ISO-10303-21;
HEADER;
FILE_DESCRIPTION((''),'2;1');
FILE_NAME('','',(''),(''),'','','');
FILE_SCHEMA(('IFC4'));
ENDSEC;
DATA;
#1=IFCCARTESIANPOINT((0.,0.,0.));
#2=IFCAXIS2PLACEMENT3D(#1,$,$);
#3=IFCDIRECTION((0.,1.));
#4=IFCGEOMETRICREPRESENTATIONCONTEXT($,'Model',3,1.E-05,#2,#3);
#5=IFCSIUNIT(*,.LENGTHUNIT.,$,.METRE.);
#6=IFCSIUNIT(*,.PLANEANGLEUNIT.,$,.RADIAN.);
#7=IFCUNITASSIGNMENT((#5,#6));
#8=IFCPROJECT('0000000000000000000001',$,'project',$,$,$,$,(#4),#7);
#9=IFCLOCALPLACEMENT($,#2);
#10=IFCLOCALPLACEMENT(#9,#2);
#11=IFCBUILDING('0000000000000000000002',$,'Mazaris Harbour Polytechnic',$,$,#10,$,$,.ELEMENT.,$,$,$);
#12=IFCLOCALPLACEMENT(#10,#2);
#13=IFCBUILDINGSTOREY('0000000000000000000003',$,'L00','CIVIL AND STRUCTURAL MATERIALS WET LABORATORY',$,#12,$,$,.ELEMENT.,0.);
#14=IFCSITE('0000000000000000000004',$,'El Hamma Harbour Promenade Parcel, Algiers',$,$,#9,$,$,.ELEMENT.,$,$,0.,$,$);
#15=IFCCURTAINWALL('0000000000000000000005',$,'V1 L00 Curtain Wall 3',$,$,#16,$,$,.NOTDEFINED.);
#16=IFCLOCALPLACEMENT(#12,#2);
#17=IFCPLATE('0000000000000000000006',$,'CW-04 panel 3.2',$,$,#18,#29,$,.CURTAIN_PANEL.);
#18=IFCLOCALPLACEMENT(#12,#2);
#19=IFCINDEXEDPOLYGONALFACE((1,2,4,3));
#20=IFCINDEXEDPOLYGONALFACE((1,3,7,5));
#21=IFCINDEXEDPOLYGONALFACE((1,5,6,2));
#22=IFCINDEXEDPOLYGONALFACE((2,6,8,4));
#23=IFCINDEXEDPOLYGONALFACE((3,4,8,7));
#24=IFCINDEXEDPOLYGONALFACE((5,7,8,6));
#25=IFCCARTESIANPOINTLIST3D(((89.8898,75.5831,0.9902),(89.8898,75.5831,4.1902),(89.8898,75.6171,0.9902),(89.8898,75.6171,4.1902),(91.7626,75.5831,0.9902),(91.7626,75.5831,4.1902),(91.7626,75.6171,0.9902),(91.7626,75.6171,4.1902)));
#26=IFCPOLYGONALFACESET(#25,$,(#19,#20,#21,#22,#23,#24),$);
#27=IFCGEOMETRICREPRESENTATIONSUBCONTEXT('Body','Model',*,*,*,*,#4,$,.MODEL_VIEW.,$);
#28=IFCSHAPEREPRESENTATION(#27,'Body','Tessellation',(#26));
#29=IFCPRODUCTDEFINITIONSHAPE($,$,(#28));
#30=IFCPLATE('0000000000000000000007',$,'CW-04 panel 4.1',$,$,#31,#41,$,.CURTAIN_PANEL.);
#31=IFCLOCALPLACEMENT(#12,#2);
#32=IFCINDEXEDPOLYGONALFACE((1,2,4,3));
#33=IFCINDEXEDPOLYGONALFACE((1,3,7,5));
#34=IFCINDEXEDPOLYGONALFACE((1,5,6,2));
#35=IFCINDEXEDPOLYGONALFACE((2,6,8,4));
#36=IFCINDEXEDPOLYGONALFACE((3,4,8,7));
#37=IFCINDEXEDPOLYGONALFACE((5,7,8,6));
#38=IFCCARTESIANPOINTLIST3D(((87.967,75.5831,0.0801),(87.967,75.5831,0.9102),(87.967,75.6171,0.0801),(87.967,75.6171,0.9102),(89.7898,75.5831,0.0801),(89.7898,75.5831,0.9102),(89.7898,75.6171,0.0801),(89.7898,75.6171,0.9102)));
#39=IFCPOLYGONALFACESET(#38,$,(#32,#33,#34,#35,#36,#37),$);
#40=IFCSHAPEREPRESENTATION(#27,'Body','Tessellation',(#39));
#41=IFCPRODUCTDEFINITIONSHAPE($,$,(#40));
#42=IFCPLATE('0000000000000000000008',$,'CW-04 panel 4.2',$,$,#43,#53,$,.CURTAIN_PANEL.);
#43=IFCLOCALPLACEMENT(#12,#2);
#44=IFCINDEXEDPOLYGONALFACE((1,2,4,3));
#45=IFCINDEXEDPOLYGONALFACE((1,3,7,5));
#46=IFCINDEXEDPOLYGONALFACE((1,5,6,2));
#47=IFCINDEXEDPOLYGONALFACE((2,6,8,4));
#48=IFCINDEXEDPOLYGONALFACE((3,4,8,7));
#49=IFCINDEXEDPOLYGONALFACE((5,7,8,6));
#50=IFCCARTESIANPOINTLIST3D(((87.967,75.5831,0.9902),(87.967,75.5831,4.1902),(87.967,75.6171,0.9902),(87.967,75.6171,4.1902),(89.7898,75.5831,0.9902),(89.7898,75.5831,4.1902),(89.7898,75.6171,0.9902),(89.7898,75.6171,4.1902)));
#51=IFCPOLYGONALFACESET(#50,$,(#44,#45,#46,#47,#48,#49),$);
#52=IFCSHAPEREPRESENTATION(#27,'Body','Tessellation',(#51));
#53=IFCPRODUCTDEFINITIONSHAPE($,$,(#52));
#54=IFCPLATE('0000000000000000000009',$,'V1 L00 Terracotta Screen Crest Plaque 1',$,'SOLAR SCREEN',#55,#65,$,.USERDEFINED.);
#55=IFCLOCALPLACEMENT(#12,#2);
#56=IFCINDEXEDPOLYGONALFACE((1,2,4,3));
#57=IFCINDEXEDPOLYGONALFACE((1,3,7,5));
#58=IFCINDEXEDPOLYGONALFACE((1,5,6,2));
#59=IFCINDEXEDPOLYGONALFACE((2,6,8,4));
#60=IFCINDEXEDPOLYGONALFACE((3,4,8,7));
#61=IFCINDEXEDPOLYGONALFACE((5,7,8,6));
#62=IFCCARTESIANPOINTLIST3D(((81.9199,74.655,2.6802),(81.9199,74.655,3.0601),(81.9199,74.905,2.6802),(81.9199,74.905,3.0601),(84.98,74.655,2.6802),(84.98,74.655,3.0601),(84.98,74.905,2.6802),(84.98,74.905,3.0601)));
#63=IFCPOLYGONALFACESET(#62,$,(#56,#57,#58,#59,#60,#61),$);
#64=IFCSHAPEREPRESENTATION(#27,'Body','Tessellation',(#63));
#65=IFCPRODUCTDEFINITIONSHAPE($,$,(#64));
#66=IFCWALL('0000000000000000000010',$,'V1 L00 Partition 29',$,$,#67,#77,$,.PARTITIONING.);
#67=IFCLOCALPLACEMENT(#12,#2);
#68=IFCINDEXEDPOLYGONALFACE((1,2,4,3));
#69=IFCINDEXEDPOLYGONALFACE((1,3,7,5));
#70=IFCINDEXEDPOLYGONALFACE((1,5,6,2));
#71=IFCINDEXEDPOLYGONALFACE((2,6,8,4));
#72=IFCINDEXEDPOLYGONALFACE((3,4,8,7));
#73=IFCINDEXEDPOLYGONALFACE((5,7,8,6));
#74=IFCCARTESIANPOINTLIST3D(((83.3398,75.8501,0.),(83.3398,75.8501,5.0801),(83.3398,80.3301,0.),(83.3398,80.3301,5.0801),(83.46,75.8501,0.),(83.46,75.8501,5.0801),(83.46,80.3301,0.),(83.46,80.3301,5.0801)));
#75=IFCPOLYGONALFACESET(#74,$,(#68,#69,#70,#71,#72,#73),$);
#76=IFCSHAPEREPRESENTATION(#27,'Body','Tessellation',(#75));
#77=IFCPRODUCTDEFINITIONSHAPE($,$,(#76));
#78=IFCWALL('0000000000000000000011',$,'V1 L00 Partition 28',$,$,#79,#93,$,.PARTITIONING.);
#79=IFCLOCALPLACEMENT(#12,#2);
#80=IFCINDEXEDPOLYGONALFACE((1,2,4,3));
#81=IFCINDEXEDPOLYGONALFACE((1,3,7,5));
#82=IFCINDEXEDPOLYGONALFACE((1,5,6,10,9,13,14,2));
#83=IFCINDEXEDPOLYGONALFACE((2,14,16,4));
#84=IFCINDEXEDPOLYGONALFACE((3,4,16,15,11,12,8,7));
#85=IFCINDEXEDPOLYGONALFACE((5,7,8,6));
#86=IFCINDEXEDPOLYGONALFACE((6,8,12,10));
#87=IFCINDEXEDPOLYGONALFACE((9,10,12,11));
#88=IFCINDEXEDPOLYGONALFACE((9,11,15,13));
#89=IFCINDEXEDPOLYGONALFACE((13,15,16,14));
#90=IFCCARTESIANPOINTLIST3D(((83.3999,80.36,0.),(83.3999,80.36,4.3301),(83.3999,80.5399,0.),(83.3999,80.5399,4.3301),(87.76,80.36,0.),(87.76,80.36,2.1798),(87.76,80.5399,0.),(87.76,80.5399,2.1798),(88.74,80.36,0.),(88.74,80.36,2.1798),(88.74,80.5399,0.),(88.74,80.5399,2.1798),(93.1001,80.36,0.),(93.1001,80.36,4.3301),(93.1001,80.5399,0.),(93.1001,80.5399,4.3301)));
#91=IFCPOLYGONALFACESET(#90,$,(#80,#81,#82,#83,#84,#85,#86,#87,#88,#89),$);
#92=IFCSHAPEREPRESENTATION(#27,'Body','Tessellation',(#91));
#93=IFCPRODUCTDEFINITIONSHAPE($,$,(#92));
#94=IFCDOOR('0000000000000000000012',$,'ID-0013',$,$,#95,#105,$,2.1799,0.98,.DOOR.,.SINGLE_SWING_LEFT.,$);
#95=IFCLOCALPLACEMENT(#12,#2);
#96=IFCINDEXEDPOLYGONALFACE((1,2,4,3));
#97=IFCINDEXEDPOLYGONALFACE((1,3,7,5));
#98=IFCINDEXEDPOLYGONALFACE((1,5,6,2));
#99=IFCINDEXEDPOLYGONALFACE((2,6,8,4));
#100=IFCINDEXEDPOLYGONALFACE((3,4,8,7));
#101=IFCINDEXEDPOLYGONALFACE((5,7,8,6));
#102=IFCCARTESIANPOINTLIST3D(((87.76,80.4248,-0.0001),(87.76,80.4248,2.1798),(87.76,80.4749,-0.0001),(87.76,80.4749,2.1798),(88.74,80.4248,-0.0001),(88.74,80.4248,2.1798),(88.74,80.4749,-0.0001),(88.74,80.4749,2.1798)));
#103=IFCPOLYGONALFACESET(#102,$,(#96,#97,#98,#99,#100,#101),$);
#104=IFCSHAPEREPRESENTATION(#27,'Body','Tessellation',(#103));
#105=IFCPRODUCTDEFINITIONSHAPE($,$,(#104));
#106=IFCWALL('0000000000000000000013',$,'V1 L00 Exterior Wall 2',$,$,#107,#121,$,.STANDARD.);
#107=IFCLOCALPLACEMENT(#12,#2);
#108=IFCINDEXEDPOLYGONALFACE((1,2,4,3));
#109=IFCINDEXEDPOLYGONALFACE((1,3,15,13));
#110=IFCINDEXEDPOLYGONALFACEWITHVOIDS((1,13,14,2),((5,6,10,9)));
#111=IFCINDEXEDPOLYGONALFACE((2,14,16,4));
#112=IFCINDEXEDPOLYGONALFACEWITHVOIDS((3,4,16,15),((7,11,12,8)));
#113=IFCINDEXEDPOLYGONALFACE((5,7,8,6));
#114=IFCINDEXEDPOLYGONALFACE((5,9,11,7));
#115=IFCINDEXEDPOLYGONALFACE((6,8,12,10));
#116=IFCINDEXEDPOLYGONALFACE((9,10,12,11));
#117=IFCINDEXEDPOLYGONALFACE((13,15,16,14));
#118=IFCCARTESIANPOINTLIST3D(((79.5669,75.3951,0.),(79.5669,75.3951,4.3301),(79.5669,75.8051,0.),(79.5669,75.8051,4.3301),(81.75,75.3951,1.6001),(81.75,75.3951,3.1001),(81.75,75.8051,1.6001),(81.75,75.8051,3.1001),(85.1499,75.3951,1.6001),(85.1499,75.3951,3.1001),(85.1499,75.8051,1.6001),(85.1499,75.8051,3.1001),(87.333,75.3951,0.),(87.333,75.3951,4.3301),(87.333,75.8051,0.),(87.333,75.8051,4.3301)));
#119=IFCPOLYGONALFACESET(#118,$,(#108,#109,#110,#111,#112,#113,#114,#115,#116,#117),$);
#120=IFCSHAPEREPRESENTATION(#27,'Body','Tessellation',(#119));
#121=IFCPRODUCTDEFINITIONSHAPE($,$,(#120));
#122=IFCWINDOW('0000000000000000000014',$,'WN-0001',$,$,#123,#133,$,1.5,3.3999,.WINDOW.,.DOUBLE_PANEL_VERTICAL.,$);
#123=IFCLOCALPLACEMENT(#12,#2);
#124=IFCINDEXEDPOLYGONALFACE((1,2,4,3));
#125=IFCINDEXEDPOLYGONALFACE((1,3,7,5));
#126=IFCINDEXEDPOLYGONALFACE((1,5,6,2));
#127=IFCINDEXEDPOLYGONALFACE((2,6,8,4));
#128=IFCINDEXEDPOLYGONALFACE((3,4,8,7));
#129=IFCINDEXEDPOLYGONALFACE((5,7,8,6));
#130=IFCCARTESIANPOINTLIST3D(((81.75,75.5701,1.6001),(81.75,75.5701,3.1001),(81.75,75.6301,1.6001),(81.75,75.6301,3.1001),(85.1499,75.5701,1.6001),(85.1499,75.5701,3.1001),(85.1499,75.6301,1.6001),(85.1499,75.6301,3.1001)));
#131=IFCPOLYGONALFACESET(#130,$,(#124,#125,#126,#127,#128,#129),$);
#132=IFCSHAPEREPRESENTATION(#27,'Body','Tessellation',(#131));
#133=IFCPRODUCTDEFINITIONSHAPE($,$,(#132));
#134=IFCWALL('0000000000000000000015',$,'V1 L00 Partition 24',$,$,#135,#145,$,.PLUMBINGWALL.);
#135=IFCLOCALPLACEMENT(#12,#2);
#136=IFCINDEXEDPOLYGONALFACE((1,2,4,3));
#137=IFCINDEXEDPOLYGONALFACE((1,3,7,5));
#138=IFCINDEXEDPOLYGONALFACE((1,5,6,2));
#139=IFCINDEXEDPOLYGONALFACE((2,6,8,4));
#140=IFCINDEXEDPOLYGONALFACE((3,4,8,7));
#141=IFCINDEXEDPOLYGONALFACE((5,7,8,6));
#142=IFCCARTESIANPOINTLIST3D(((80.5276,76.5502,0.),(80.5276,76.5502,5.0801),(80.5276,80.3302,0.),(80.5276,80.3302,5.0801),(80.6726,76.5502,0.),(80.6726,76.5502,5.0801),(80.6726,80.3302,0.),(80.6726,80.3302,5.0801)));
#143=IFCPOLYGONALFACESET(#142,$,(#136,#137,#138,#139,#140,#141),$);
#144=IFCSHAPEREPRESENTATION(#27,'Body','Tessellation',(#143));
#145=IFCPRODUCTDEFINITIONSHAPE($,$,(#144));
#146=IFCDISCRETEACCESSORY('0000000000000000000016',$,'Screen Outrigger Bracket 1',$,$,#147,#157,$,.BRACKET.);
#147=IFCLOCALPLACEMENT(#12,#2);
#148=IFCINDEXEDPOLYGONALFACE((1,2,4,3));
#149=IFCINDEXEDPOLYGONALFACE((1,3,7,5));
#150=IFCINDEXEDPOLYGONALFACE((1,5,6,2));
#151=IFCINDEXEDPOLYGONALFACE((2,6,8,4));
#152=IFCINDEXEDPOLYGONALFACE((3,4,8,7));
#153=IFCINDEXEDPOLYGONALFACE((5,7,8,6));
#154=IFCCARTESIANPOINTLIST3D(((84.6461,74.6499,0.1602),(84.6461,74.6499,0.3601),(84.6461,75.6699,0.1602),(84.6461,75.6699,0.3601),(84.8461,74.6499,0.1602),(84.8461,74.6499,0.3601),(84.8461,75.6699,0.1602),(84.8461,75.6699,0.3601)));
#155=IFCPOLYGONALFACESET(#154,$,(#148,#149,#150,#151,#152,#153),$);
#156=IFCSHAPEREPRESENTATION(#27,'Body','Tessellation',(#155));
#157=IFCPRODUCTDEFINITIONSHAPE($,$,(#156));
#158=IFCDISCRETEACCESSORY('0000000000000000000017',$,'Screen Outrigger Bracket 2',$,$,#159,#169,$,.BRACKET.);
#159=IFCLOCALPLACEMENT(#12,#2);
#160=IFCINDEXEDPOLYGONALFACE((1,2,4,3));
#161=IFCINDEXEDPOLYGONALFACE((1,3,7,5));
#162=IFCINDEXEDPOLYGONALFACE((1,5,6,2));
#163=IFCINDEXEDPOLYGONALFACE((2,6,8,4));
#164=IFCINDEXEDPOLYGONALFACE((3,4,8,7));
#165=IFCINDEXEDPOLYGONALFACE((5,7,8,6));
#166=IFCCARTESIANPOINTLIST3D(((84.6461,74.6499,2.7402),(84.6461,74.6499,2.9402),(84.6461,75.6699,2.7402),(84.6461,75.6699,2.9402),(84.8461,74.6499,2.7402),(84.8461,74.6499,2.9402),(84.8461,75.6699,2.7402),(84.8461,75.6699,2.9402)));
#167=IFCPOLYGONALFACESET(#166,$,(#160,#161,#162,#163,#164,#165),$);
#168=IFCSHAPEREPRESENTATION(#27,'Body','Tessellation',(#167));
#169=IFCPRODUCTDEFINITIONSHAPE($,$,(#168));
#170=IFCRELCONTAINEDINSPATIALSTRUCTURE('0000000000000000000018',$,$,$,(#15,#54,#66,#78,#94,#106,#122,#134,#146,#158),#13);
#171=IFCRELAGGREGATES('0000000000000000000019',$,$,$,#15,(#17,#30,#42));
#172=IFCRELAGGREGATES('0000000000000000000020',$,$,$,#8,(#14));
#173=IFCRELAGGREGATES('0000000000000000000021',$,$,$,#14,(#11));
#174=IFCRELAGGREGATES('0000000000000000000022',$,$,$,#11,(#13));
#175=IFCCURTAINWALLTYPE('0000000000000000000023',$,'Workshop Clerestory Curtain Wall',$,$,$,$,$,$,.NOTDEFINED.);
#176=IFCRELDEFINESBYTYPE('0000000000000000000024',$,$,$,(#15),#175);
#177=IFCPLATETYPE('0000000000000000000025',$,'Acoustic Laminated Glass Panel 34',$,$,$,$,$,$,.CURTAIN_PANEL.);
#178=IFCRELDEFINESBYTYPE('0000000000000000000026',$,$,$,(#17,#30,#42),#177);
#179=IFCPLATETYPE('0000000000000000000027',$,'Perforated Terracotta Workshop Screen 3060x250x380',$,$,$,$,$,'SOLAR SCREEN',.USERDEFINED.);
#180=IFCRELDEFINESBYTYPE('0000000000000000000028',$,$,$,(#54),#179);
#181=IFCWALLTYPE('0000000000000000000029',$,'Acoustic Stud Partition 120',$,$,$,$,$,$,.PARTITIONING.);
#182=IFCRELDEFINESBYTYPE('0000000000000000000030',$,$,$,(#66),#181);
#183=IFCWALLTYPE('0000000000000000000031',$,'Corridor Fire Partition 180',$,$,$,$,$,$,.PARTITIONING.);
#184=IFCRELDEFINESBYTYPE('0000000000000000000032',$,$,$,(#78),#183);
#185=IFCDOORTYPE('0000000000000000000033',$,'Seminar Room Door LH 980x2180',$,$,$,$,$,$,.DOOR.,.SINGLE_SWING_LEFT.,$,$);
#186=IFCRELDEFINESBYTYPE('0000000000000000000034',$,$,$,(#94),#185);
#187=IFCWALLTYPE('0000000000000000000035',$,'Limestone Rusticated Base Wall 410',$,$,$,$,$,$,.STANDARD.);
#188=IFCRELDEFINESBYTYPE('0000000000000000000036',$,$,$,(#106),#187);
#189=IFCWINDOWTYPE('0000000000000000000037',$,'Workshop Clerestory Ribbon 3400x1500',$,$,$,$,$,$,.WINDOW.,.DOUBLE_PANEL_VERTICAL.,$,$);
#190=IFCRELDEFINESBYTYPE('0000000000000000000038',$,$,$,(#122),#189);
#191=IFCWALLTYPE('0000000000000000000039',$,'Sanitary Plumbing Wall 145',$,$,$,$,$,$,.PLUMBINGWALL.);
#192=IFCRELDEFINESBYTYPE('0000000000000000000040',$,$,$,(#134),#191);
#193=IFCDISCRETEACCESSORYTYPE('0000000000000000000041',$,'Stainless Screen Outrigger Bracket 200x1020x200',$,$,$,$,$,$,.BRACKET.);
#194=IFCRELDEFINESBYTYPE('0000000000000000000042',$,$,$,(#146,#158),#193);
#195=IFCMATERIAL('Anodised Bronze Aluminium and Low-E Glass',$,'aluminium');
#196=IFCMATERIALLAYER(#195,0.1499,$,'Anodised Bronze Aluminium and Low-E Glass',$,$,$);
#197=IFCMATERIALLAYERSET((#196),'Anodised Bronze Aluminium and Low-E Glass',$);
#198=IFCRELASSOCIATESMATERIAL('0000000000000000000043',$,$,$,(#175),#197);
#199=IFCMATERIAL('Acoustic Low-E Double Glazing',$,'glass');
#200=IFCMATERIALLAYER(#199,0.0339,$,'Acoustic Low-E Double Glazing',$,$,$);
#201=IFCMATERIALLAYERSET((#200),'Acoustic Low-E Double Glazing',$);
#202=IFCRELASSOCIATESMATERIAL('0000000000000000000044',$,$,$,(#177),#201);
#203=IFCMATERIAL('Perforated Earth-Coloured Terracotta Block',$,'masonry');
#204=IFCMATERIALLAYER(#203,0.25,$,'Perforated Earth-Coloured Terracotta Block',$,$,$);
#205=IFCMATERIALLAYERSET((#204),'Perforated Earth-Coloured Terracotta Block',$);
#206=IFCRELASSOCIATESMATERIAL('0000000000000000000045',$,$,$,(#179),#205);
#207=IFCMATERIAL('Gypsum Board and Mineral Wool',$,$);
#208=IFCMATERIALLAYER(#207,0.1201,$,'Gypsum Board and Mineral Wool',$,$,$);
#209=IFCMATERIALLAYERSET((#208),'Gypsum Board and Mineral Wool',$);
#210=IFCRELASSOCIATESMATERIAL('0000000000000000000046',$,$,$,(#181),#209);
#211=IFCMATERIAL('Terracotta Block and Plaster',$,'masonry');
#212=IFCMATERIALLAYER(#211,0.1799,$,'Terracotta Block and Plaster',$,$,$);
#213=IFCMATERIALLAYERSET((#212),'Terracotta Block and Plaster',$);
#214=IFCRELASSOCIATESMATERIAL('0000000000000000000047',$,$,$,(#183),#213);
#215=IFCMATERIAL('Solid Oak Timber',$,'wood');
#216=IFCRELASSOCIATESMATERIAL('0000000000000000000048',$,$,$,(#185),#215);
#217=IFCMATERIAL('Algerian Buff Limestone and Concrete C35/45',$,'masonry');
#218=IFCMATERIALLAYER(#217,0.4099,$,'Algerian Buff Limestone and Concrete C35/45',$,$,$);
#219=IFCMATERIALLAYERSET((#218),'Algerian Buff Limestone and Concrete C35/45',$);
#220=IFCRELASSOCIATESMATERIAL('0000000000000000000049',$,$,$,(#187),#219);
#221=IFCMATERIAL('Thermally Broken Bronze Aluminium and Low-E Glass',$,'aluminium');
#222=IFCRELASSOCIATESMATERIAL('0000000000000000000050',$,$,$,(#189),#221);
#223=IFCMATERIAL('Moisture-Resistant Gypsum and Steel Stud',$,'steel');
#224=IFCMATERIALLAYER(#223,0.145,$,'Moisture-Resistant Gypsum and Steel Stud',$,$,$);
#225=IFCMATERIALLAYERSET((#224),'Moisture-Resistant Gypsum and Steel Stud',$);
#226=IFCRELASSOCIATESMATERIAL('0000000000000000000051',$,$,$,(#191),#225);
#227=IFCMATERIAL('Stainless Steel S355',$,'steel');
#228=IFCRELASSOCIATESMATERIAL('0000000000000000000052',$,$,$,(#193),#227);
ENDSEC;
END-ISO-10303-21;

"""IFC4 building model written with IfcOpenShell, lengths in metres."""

from ifc_helpers import new_model, si_unit, direction, frame, frame_2d, origin, origin_2d, place, context, subcontext, project, spatial, rectangle, extrude, material, layer, layer_set, type_object, element, fill, aggregate, save


model = new_model("IFC4")

# Units and contexts
model_context = context("Model", 3, precision=1e-05, world=origin(), true_north=direction((0.0, 1.0)))
body_context = subcontext(model_context, "Body", "Model", "MODEL_VIEW")
ifc_project = project(units=[si_unit("LENGTHUNIT", "METRE"), si_unit("PLANEANGLEUNIT", "RADIAN")], contexts=[model_context])

# Site, building, storey
site_placement = place(None, origin())
site = spatial("IfcSite", under=ifc_project, at=site_placement, Name="El Hamma Harbour Promenade Parcel, Algiers", CompositionType="ELEMENT", RefElevation=0.0)
building_placement = place(site_placement, origin())
building = spatial("IfcBuilding", under=site, at=building_placement, Name="Mazaris Harbour Polytechnic", CompositionType="ELEMENT")
storey_placement = place(building_placement, origin())
storey = spatial("IfcBuildingStorey", under=building, at=storey_placement, Name="L00", Description="CIVIL AND STRUCTURAL MATERIALS WET LABORATORY", CompositionType="ELEMENT", Elevation=0.0)

# Curtain wall
ifc_material_1 = material(Name="Anodised Bronze Aluminium and Low-E Glass", Category="aluminium")
ifc_layer_1 = layer(ifc_material_1, 0.1499, Name="Anodised Bronze Aluminium and Low-E Glass")
ifc_layer_set_1 = layer_set([ifc_layer_1], Name="Anodised Bronze Aluminium and Low-E Glass")
curtain_wall_type = type_object("IfcCurtainWallType", Name="Workshop Clerestory Curtain Wall", PredefinedType="NOTDEFINED", material=ifc_layer_set_1)
curtain_wall_placement = place(storey_placement, origin())
curtain_wall = element("IfcCurtainWall", 1, at=curtain_wall_placement, inside=storey, type_object=curtain_wall_type, Name="V1 L00 Curtain Wall 3", PredefinedType="NOTDEFINED")

# Plates
ifc_material_2 = material(Name="Acoustic Low-E Double Glazing", Category="glass")
ifc_layer_2 = layer(ifc_material_2, 0.0339, Name="Acoustic Low-E Double Glazing")
ifc_layer_set_2 = layer_set([ifc_layer_2], Name="Acoustic Low-E Double Glazing")
plate_type_1 = type_object("IfcPlateType", Name="Acoustic Laminated Glass Panel 34", PredefinedType="CURTAIN_PANEL", material=ifc_layer_set_2)
plate_1_placement = place(storey_placement, frame((90.8262, 75.6001, 0.9902), z_axis=(0.0, 0.0, 1.0), x_axis=(-1.0, 0.0, 0.0)))
plate_1 = element("IfcPlate", 2, at=plate_1_placement, type_object=plate_type_1, Name="CW-04 panel 3.2", PredefinedType="CURTAIN_PANEL", context=body_context, shape_type="SweptSolid", body=[
    extrude(rectangle(XDim=1.8728, YDim=0.0339, at=origin_2d()), origin(), (0.0, 0.0, 1.0), 3.2),
])
plate_2_placement = place(storey_placement, frame((88.8784, 75.6001, 0.0801), z_axis=(0.0, 0.0, 1.0), x_axis=(-1.0, 0.0, 0.0)))
plate_2 = element("IfcPlate", 3, at=plate_2_placement, type_object=plate_type_1, Name="CW-04 panel 4.1", PredefinedType="CURTAIN_PANEL", context=body_context, shape_type="SweptSolid", body=[
    extrude(rectangle(XDim=1.8228, YDim=0.0339, at=origin_2d()), origin(), (0.0, 0.0, 1.0), 0.8301),
])
plate_3_placement = place(storey_placement, frame((88.8784, 75.6001, 0.9902), z_axis=(0.0, 0.0, 1.0), x_axis=(-1.0, 0.0, 0.0)))
plate_3 = element("IfcPlate", 4, at=plate_3_placement, type_object=plate_type_1, Name="CW-04 panel 4.2", PredefinedType="CURTAIN_PANEL", context=body_context, shape_type="SweptSolid", body=[
    extrude(rectangle(XDim=1.8228, YDim=0.0339, at=origin_2d()), origin(), (0.0, 0.0, 1.0), 3.2),
])
aggregate(curtain_wall, [plate_1, plate_2, plate_3])
ifc_material_3 = material(Name="Perforated Earth-Coloured Terracotta Block", Category="masonry")
ifc_layer_3 = layer(ifc_material_3, 0.25, Name="Perforated Earth-Coloured Terracotta Block")
ifc_layer_set_3 = layer_set([ifc_layer_3], Name="Perforated Earth-Coloured Terracotta Block")
plate_type_2 = type_object("IfcPlateType", Name="Perforated Terracotta Workshop Screen 3060x250x380", ElementType="SOLAR SCREEN", PredefinedType="USERDEFINED", material=ifc_layer_set_3)
plate_4_placement = place(storey_placement, frame((83.45, 74.78, 2.6802), z_axis=(0.0, 0.0, 1.0), x_axis=(-1.0, 0.0, 0.0)))
element("IfcPlate", 5, at=plate_4_placement, inside=storey, type_object=plate_type_2, Name="V1 L00 Terracotta Screen Crest Plaque 1", ObjectType="SOLAR SCREEN", PredefinedType="USERDEFINED", context=body_context, shape_type="SweptSolid", body=[
    extrude(rectangle(XDim=3.0601, YDim=0.25, at=origin_2d()), origin(), (0.0, 0.0, 1.0), 0.3799),
])

# Wall
ifc_material_4 = material(Name="Gypsum Board and Mineral Wool")
ifc_layer_4 = layer(ifc_material_4, 0.1201, Name="Gypsum Board and Mineral Wool")
ifc_layer_set_4 = layer_set([ifc_layer_4], Name="Gypsum Board and Mineral Wool")
wall_type_1 = type_object("IfcWallType", Name="Acoustic Stud Partition 120", PredefinedType="PARTITIONING", material=ifc_layer_set_4)
wall_1_placement = place(storey_placement, frame((83.3999, 75.8501, 0.0), z_axis=(0.0, 0.0, 1.0), x_axis=(0.0, 1.0, 0.0)))
element("IfcWall", 6, at=wall_1_placement, inside=storey, type_object=wall_type_1, Name="V1 L00 Partition 29", PredefinedType="PARTITIONING", context=body_context, shape_type="SweptSolid", body=[
    extrude(rectangle(XDim=4.48, YDim=0.1201, at=frame_2d((2.24, 0.0))), origin(), (0.0, 0.0, 1.0), 5.0801),
])

# Wall, opening, door
ifc_material_5 = material(Name="Terracotta Block and Plaster", Category="masonry")
ifc_layer_5 = layer(ifc_material_5, 0.1799, Name="Terracotta Block and Plaster")
ifc_layer_set_5 = layer_set([ifc_layer_5], Name="Terracotta Block and Plaster")
wall_type_2 = type_object("IfcWallType", Name="Corridor Fire Partition 180", PredefinedType="PARTITIONING", material=ifc_layer_set_5)
wall_2_placement = place(storey_placement, frame((83.3999, 80.45, 0.0), z_axis=(0.0, 0.0, 1.0), x_axis=(1.0, 0.0, 0.0)))
wall_2 = element("IfcWall", 7, at=wall_2_placement, inside=storey, type_object=wall_type_2, Name="V1 L00 Partition 28", PredefinedType="PARTITIONING", context=body_context, shape_type="SweptSolid", body=[
    extrude(rectangle(XDim=9.7002, YDim=0.1799, at=frame_2d((4.8501, 0.0))), origin(), (0.0, 0.0, 1.0), 4.3301),
])
opening_1_placement = place(wall_2_placement, frame((4.3601, 0.0, 0.0)))
opening_1 = element("IfcOpeningElement", 8, at=opening_1_placement, cuts=wall_2, PredefinedType="OPENING", context=body_context, shape_type="SweptSolid", body=[
    extrude(rectangle(XDim=0.98, YDim=2.1799, at=frame_2d((0.49, 1.0898))), frame((0.0, 0.0999, 0.0), z_axis=(0.0, -1.0, 0.0), x_axis=(1.0, 0.0, 0.0)), (0.0, 0.0, 1.0), 0.2),
])
ifc_material_6 = material(Name="Solid Oak Timber", Category="wood")
door_type = type_object("IfcDoorType", Name="Seminar Room Door LH 980x2180", OperationType="SINGLE_SWING_LEFT", PredefinedType="DOOR", material=ifc_material_6)
door_placement = place(opening_1_placement, origin())
door = element("IfcDoor", 9, at=door_placement, inside=storey, type_object=door_type, Name="ID-0013", OperationType="SINGLE_SWING_LEFT", OverallHeight=2.1799, OverallWidth=0.98, PredefinedType="DOOR", context=body_context, shape_type="SweptSolid", body=[
    extrude(rectangle(XDim=0.98, YDim=2.1799, at=frame_2d((0.49, 1.0898))), frame((0.0, 0.0249, 0.0), z_axis=(0.0, -1.0, 0.0), x_axis=(1.0, 0.0, 0.0)), (0.0, 0.0, 1.0), 0.05),
])
fill(opening_1, door)

# Wall, opening, window
ifc_material_7 = material(Name="Algerian Buff Limestone and Concrete C35/45", Category="masonry")
ifc_layer_6 = layer(ifc_material_7, 0.4099, Name="Algerian Buff Limestone and Concrete C35/45")
ifc_layer_set_6 = layer_set([ifc_layer_6], Name="Algerian Buff Limestone and Concrete C35/45")
wall_type_3 = type_object("IfcWallType", Name="Limestone Rusticated Base Wall 410", PredefinedType="STANDARD", material=ifc_layer_set_6)
wall_3_placement = place(storey_placement, frame((87.333, 75.6001, 0.0), z_axis=(0.0, 0.0, 1.0), x_axis=(-1.0, 0.0, 0.0)))
wall_3 = element("IfcWall", 10, at=wall_3_placement, inside=storey, type_object=wall_type_3, Name="V1 L00 Exterior Wall 2", PredefinedType="STANDARD", context=body_context, shape_type="SweptSolid", body=[
    extrude(rectangle(XDim=7.7661, YDim=0.4099, at=frame_2d((3.8831, 0.0))), origin(), (0.0, 0.0, 1.0), 4.3301),
])
opening_2_placement = place(wall_3_placement, frame((2.1831, 0.0, 1.6001)))
opening_2 = element("IfcOpeningElement", 11, at=opening_2_placement, cuts=wall_3, PredefinedType="OPENING", context=body_context, shape_type="SweptSolid", body=[
    extrude(rectangle(XDim=3.3999, YDim=1.5, at=frame_2d((1.7, 0.75))), frame((0.0, 0.2148, 0.0), z_axis=(0.0, -1.0, 0.0), x_axis=(1.0, 0.0, 0.0)), (0.0, 0.0, 1.0), 0.4299),
])
ifc_material_8 = material(Name="Thermally Broken Bronze Aluminium and Low-E Glass", Category="aluminium")
window_type = type_object("IfcWindowType", Name="Workshop Clerestory Ribbon 3400x1500", PartitioningType="DOUBLE_PANEL_VERTICAL", PredefinedType="WINDOW", material=ifc_material_8)
window_placement = place(opening_2_placement, origin())
window = element("IfcWindow", 12, at=window_placement, inside=storey, type_object=window_type, Name="WN-0001", OverallHeight=1.5, OverallWidth=3.3999, PartitioningType="DOUBLE_PANEL_VERTICAL", PredefinedType="WINDOW", context=body_context, shape_type="SweptSolid", body=[
    extrude(rectangle(XDim=3.3999, YDim=1.5, at=frame_2d((1.7, 0.75))), frame((0.0, 0.03, 0.0), z_axis=(0.0, -1.0, 0.0), x_axis=(1.0, 0.0, 0.0)), (0.0, 0.0, 1.0), 0.0601),
])
fill(opening_2, window)

# Wall
ifc_material_9 = material(Name="Moisture-Resistant Gypsum and Steel Stud", Category="steel")
ifc_layer_7 = layer(ifc_material_9, 0.145, Name="Moisture-Resistant Gypsum and Steel Stud")
ifc_layer_set_7 = layer_set([ifc_layer_7], Name="Moisture-Resistant Gypsum and Steel Stud")
wall_type_4 = type_object("IfcWallType", Name="Sanitary Plumbing Wall 145", PredefinedType="PLUMBINGWALL", material=ifc_layer_set_7)
wall_4_placement = place(storey_placement, frame((80.6001, 76.55, 0.0), z_axis=(0.0, 0.0, 1.0), x_axis=(0.0, 1.0, 0.0)))
element("IfcWall", 13, at=wall_4_placement, inside=storey, type_object=wall_type_4, Name="V1 L00 Partition 24", PredefinedType="PLUMBINGWALL", context=body_context, shape_type="SweptSolid", body=[
    extrude(rectangle(XDim=3.78, YDim=0.145, at=frame_2d((1.8901, 0.0))), origin(), (0.0, 0.0, 1.0), 5.0801),
])

# Discrete accessories
ifc_material_10 = material(Name="Stainless Steel S355", Category="steel")
discrete_accessory_type = type_object("IfcDiscreteAccessoryType", Name="Stainless Screen Outrigger Bracket 200x1020x200", PredefinedType="BRACKET", material=ifc_material_10)
for number, where, z_axis, x_axis, name in (
    (14, (84.7461, 75.1599, 0.1602), (0.0, 0.0, 1.0), (-1.0, 0.0, 0.0), "Screen Outrigger Bracket 1"),
    (15, (84.7461, 75.1599, 2.7402), (0.0, 0.0, 1.0), (-1.0, 0.0, 0.0), "Screen Outrigger Bracket 2"),
):
    element("IfcDiscreteAccessory", number, at=place(storey_placement, frame(where, z_axis=z_axis, x_axis=x_axis)), inside=storey, type_object=discrete_accessory_type, Name=name, PredefinedType="BRACKET", context=body_context, shape_type="SweptSolid", body=[
        extrude(rectangle(XDim=0.2, YDim=1.02, at=origin_2d()), origin(), (0.0, 0.0, 1.0), 0.2),
    ])

save(model, "model.ifc")
